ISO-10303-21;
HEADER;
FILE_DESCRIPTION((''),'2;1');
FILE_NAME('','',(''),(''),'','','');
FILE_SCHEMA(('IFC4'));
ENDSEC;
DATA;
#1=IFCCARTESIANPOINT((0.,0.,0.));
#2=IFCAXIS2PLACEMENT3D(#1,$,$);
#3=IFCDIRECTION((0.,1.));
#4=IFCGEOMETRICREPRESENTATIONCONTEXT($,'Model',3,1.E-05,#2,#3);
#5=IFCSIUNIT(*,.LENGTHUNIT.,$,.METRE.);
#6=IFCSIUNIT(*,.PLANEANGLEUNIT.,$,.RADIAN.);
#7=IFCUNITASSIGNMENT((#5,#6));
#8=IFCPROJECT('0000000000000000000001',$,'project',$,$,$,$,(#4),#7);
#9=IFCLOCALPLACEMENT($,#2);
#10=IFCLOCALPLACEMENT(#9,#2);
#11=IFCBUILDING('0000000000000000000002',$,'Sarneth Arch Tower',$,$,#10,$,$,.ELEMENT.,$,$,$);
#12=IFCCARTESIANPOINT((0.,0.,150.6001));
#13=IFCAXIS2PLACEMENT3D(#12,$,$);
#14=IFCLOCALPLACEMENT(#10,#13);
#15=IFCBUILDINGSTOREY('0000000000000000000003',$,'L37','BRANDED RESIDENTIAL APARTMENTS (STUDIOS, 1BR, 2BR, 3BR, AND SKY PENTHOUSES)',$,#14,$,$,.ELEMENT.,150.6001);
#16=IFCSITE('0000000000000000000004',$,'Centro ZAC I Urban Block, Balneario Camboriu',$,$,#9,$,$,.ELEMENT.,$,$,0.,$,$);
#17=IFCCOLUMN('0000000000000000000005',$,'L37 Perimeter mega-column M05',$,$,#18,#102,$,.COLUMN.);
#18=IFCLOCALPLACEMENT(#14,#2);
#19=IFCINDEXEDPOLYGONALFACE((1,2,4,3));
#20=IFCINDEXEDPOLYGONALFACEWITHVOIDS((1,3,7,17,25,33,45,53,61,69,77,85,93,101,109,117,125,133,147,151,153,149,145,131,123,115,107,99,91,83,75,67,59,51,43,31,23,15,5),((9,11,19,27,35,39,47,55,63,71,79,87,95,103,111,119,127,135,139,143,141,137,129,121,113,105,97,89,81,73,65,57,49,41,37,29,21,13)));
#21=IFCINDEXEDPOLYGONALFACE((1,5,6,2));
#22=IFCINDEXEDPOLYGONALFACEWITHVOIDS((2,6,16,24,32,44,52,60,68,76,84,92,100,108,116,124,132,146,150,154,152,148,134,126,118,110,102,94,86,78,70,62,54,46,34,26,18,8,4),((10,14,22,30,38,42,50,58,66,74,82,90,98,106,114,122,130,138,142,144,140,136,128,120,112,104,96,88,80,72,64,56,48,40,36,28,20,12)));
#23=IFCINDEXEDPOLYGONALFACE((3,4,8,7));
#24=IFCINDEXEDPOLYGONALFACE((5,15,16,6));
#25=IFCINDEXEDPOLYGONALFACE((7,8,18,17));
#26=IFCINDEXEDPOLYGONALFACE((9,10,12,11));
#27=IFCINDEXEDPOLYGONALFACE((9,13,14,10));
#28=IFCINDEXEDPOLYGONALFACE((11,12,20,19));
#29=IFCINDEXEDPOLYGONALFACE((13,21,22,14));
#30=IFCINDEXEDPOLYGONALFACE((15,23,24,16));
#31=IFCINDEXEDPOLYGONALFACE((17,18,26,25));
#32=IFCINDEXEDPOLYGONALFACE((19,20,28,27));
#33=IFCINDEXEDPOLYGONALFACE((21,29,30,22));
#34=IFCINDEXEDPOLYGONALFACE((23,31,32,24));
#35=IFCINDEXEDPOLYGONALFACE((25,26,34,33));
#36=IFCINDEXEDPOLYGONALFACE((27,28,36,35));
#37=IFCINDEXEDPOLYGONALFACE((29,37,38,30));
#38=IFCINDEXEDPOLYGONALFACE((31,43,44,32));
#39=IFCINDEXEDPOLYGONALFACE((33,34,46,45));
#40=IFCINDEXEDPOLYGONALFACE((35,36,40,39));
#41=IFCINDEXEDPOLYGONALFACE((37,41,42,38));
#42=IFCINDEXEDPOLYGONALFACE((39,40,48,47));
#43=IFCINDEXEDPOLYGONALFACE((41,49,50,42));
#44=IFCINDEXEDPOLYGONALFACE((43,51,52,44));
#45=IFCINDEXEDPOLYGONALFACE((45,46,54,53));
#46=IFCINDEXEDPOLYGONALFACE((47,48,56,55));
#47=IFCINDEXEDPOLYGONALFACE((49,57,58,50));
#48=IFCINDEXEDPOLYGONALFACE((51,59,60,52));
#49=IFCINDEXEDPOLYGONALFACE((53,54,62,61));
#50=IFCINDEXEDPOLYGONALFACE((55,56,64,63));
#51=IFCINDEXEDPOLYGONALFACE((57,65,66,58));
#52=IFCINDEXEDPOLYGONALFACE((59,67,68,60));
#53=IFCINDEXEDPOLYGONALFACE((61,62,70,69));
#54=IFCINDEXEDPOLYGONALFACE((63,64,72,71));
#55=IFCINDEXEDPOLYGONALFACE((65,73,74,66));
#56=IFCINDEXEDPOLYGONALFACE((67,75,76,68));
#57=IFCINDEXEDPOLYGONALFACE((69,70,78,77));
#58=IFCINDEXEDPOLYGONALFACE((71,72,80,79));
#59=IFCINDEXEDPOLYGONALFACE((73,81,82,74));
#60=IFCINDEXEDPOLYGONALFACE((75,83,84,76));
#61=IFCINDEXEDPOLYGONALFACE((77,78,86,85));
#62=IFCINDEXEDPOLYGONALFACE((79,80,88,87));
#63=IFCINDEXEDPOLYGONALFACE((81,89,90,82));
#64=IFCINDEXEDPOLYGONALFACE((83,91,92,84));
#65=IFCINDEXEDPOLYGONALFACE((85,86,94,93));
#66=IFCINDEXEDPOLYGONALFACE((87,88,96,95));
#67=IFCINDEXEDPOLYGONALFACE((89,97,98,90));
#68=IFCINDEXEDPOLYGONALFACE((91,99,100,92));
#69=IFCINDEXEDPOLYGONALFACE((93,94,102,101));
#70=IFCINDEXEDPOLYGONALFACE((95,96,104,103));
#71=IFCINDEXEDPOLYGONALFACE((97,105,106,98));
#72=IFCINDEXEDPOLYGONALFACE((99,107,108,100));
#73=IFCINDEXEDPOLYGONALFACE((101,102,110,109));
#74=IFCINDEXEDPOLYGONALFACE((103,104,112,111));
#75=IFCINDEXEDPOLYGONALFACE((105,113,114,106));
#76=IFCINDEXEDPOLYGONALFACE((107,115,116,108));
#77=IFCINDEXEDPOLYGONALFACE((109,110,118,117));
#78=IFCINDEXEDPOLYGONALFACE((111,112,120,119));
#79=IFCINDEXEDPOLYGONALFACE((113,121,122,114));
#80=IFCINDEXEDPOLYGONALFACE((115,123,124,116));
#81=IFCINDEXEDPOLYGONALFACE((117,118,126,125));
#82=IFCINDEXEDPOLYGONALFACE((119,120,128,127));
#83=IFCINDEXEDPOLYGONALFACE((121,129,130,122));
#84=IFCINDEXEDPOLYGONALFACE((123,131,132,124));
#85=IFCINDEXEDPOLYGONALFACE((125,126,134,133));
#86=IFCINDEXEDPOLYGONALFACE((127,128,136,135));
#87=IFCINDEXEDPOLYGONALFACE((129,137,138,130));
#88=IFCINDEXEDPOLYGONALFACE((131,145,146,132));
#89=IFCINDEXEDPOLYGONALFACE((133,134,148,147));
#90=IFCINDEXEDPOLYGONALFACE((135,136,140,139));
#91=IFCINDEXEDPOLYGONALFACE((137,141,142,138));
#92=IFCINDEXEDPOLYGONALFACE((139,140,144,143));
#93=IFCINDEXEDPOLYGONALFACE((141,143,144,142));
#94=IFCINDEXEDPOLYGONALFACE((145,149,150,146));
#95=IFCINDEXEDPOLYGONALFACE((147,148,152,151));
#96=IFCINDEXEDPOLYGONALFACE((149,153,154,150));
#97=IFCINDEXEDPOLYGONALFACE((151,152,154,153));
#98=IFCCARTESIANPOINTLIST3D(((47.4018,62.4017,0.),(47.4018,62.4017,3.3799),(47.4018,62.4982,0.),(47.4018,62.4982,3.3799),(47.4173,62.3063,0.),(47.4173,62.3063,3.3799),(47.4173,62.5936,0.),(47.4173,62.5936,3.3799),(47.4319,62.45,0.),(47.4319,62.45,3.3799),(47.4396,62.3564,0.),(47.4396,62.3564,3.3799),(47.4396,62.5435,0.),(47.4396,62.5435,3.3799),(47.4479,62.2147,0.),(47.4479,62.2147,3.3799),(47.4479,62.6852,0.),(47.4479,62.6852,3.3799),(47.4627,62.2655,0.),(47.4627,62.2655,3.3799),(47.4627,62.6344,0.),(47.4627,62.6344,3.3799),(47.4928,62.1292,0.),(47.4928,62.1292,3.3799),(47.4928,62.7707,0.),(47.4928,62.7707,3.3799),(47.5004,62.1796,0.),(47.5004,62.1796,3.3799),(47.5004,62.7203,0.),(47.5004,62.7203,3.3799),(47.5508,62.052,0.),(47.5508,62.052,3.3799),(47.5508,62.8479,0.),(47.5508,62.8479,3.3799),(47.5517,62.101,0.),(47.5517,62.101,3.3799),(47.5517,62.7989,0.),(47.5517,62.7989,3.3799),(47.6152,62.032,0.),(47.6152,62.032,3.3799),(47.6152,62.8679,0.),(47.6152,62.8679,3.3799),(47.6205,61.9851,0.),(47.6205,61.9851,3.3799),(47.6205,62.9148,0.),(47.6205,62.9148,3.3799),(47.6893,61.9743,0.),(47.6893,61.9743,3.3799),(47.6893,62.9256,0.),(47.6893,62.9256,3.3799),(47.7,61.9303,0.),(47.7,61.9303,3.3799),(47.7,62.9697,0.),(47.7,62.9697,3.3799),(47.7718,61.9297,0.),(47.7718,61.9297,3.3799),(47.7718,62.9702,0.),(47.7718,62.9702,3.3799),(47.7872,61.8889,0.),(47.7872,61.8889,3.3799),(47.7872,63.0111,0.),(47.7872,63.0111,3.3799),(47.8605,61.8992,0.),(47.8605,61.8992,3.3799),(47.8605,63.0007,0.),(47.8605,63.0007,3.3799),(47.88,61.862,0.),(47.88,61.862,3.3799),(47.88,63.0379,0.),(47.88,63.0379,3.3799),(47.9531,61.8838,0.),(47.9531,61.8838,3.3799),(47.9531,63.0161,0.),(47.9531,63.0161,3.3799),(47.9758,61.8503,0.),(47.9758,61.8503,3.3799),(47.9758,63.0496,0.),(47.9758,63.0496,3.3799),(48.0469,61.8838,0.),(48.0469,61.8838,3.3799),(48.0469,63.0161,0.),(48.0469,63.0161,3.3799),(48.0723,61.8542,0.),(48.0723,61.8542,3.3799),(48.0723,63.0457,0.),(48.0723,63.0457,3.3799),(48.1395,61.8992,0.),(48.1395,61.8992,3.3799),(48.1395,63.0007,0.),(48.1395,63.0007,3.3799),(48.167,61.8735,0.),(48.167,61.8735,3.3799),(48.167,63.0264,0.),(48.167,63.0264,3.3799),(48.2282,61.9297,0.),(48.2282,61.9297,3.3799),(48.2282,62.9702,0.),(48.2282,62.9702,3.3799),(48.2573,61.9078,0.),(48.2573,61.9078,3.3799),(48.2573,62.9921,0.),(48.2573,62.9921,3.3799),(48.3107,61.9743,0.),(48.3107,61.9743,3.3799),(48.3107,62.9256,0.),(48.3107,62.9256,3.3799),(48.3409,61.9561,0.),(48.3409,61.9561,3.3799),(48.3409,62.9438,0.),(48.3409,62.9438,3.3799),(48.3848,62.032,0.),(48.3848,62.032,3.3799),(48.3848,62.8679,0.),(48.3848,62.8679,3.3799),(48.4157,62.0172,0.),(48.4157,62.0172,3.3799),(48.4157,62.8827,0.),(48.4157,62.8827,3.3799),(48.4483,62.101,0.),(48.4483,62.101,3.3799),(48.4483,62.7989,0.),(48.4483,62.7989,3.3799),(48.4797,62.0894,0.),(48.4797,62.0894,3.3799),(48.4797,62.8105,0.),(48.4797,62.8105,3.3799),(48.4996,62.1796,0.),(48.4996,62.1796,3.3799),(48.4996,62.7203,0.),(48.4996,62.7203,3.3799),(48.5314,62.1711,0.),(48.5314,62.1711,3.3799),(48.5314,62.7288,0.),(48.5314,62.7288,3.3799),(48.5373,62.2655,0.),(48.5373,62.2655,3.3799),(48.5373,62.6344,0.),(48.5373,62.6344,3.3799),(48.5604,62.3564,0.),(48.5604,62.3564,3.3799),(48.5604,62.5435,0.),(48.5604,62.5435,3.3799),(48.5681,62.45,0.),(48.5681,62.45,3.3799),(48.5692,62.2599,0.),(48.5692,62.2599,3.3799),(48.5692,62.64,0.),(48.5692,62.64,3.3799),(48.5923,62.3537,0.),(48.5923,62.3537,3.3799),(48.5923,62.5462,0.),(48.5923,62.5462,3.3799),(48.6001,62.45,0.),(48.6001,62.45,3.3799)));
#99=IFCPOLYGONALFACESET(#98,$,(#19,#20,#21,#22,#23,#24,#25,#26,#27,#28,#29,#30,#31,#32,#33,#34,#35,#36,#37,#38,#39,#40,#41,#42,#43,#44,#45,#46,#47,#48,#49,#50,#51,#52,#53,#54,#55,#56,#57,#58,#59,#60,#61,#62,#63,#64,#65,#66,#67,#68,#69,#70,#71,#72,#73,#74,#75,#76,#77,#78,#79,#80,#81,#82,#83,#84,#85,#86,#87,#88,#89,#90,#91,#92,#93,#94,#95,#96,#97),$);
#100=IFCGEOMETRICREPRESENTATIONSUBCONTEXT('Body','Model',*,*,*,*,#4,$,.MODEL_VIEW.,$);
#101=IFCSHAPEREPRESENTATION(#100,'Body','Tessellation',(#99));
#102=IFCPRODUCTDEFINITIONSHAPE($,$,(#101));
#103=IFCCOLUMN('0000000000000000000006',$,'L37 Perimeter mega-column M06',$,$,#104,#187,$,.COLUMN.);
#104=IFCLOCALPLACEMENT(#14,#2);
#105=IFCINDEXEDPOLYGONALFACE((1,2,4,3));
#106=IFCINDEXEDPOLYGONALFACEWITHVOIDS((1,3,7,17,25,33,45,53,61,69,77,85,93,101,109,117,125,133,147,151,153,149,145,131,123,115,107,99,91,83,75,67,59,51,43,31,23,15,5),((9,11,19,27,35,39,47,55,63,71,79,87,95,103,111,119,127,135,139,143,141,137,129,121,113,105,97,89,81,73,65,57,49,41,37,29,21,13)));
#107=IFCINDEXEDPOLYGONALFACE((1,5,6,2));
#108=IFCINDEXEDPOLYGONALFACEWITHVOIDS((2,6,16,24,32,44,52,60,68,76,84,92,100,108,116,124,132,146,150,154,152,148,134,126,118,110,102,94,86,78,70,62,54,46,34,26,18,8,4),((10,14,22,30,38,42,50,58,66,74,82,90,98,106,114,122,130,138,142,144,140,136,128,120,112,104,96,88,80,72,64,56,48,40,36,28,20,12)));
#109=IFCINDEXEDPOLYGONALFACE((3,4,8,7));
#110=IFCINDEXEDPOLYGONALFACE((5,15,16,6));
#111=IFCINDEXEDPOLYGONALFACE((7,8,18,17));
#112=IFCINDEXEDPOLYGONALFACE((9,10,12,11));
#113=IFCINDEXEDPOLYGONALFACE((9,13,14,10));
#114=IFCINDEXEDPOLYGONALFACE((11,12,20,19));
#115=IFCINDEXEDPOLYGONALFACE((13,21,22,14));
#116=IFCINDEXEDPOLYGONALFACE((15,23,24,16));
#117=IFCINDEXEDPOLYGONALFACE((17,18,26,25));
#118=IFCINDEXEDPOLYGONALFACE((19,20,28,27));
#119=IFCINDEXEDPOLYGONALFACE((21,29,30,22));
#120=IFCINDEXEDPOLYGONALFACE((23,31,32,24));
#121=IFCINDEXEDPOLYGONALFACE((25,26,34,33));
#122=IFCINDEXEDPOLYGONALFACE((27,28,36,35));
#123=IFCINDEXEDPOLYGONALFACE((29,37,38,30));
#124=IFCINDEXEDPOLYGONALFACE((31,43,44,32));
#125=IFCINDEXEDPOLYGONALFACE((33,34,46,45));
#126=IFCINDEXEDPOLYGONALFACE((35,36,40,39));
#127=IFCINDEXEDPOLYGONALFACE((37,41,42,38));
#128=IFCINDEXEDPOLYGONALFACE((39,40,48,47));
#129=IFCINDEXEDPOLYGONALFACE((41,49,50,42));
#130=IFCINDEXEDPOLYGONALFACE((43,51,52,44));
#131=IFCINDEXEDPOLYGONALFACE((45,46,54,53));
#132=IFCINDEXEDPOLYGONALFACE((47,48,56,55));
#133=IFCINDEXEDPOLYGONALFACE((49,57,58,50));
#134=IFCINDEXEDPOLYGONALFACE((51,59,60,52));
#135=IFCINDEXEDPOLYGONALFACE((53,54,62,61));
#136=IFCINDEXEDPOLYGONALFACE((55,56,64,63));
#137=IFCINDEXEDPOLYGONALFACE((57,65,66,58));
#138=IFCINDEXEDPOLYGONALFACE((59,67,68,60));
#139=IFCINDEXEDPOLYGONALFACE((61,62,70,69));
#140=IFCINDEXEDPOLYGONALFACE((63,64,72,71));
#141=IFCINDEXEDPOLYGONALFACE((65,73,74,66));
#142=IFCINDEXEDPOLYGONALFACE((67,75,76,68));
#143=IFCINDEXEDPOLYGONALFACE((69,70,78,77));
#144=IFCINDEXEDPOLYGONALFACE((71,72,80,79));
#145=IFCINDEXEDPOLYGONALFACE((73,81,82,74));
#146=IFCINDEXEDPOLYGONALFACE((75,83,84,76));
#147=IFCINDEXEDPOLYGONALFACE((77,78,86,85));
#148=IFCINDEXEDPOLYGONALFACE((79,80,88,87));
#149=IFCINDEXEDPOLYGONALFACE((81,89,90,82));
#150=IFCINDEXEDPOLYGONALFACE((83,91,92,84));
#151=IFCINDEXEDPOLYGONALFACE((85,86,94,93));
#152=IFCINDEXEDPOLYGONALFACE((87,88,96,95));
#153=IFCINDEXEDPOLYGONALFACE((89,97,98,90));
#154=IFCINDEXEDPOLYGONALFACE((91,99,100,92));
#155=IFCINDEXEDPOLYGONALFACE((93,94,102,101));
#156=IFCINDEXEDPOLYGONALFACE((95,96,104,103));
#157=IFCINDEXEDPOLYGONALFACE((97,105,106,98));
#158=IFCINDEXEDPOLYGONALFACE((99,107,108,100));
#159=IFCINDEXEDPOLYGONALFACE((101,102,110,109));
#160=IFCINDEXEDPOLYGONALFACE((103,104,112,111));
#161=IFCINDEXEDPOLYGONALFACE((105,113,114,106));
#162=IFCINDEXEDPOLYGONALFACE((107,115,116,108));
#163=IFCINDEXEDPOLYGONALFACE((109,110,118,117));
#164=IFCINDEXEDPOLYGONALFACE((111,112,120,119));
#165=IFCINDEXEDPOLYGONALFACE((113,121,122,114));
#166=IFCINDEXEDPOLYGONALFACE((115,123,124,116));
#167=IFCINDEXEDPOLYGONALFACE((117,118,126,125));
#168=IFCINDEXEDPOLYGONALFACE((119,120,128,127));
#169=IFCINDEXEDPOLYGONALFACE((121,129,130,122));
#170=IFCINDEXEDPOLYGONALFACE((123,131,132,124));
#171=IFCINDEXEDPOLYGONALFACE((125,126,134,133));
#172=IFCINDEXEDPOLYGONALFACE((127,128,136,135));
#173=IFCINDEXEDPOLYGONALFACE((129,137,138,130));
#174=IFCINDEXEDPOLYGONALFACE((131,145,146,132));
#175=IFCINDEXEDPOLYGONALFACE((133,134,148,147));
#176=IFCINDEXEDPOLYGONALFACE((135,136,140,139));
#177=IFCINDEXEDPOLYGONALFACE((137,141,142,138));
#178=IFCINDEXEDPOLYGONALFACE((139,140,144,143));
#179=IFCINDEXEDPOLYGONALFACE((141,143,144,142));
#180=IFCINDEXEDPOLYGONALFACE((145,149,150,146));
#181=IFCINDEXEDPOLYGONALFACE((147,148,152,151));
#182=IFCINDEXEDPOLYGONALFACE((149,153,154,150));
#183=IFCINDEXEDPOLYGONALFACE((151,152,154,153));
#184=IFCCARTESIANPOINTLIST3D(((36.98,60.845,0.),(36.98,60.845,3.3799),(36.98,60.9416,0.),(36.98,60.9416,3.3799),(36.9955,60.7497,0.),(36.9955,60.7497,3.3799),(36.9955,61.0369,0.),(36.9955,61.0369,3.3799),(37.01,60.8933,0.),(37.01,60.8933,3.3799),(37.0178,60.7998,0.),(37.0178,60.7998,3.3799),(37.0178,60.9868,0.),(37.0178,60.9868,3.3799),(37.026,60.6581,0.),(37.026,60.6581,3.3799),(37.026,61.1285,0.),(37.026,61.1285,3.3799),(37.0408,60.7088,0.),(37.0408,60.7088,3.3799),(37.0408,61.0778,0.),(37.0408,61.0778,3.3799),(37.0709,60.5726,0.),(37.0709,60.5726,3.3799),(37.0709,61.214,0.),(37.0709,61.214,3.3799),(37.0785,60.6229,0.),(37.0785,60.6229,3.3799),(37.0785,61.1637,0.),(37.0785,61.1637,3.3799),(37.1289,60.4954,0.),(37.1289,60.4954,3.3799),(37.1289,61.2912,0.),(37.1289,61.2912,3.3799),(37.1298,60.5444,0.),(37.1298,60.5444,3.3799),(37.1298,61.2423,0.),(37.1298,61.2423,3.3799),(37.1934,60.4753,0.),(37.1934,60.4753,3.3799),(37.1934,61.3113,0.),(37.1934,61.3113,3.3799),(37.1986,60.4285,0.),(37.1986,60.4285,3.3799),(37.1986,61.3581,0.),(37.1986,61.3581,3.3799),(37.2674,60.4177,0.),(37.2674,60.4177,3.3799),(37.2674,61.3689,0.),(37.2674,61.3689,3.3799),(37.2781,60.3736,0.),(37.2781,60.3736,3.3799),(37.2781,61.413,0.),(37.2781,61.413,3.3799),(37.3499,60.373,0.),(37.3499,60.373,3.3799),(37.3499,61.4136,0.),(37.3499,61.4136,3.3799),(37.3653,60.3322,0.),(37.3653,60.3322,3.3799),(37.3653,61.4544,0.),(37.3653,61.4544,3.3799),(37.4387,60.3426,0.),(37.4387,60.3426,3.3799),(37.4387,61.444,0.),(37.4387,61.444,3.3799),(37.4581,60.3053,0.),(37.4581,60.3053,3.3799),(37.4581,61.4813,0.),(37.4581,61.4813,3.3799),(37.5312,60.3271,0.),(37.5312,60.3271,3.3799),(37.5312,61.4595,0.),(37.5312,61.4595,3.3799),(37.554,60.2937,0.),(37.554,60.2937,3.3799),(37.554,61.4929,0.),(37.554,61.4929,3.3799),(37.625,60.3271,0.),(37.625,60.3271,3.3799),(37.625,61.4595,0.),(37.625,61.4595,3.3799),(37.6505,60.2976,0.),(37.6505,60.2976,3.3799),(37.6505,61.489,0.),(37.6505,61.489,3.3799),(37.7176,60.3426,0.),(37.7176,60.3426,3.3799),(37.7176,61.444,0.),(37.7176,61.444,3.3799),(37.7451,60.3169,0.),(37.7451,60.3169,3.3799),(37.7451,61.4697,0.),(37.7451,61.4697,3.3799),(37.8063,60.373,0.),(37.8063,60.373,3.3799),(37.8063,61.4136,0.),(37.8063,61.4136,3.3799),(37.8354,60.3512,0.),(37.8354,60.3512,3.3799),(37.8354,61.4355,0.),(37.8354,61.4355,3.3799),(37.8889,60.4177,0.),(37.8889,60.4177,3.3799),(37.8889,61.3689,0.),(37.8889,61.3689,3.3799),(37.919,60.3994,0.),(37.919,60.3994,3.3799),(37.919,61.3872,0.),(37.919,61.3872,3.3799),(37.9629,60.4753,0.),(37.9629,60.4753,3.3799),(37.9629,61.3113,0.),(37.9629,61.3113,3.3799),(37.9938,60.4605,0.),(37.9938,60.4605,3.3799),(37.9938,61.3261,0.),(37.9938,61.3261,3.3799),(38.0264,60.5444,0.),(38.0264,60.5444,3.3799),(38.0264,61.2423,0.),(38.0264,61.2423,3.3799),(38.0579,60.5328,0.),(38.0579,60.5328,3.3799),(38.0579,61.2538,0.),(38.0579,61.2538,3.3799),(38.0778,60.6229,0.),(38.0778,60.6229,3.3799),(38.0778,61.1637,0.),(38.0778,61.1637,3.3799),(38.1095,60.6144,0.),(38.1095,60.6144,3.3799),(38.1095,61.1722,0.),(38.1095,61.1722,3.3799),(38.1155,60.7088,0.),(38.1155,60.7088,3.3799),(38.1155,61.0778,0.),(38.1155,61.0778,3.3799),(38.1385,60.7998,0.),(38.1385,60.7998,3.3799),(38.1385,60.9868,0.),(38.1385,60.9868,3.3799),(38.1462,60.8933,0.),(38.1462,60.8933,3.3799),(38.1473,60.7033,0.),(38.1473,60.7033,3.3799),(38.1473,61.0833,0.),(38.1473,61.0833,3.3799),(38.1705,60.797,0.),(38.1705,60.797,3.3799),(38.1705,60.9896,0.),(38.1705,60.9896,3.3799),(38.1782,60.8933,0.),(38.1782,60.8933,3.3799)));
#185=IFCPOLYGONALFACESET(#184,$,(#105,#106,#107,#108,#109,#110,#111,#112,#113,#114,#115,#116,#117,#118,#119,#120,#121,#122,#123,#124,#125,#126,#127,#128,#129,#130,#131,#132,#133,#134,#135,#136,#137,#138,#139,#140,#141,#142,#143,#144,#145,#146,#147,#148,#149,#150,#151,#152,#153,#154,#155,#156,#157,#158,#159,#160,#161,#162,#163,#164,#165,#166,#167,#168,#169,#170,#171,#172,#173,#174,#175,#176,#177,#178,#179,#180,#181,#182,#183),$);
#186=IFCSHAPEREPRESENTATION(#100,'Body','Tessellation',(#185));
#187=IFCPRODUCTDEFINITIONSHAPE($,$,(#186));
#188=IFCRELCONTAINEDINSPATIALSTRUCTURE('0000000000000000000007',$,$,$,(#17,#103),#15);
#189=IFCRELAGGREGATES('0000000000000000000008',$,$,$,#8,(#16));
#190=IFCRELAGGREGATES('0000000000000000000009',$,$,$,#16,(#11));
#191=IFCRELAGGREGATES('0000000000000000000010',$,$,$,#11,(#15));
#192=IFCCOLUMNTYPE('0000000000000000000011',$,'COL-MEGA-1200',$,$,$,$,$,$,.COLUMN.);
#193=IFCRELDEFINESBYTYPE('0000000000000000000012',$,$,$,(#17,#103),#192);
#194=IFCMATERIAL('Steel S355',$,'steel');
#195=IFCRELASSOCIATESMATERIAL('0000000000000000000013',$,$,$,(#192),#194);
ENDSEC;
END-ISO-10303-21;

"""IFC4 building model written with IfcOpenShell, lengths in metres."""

from ifc_helpers import new_model, si_unit, direction, frame, origin, origin_2d, place, context, subcontext, project, spatial, hollow_circle, extrude, material, material_profile, profile_set, type_object, element, save


model = new_model("IFC4")

# Units and contexts
model_context = context("Model", 3, precision=1e-05, world=origin(), true_north=direction((0.0, 1.0)))
body_context = subcontext(model_context, "Body", "Model", "MODEL_VIEW")
ifc_project = project(units=[si_unit("LENGTHUNIT", "METRE"), si_unit("PLANEANGLEUNIT", "RADIAN")], contexts=[model_context])

# Site, building, storey
site_placement = place(None, origin())
site = spatial("IfcSite", under=ifc_project, at=site_placement, Name="Centro ZAC I Urban Block, Balneario Camboriu", CompositionType="ELEMENT", RefElevation=0.0)
building_placement = place(site_placement, origin())
building = spatial("IfcBuilding", under=site, at=building_placement, Name="Sarneth Arch Tower", CompositionType="ELEMENT")
storey_placement = place(building_placement, frame((0.0, 0.0, 150.6001)))
storey = spatial("IfcBuildingStorey", under=building, at=storey_placement, Name="L37", Description="BRANDED RESIDENTIAL APARTMENTS (STUDIOS, 1BR, 2BR, 3BR, AND SKY PENTHOUSES)", CompositionType="ELEMENT", Elevation=150.6001)

# Columns
ifc_material_1 = material(Name="Steel S355", Category="steel")
ifc_material_profile_1 = material_profile(ifc_material_1, hollow_circle(Radius=0.6001, WallThickness=0.032, at=origin_2d()), Name="CHS1200x32")
ifc_profile_set_1 = profile_set([ifc_material_profile_1], Name="Steel S355")
column_type = type_object("IfcColumnType", Name="COL-MEGA-1200", PredefinedType="COLUMN", material=ifc_profile_set_1)
for number, where, z_axis, x_axis, name in (
    (1, (48.0, 62.45, 0.0), (0.0, 0.0, 1.0), (1.0, 0.0, 0.0), "L37 Perimeter mega-column M05"),
    (2, (37.5781, 60.8933, 0.0), (0.0, 0.0, 1.0), (1.0, 0.0, 0.0), "L37 Perimeter mega-column M06"),
):
    element("IfcColumn", number, at=place(storey_placement, frame(where, z_axis=z_axis, x_axis=x_axis)), inside=storey, type_object=column_type, Name=name, PredefinedType="COLUMN", context=body_context, shape_type="SweptSolid", body=[
        extrude(hollow_circle(Radius=0.6001, WallThickness=0.032, at=origin_2d()), origin(), (0.0, 0.0, 1.0), 3.3799),
    ])

save(model, "model.ifc")
